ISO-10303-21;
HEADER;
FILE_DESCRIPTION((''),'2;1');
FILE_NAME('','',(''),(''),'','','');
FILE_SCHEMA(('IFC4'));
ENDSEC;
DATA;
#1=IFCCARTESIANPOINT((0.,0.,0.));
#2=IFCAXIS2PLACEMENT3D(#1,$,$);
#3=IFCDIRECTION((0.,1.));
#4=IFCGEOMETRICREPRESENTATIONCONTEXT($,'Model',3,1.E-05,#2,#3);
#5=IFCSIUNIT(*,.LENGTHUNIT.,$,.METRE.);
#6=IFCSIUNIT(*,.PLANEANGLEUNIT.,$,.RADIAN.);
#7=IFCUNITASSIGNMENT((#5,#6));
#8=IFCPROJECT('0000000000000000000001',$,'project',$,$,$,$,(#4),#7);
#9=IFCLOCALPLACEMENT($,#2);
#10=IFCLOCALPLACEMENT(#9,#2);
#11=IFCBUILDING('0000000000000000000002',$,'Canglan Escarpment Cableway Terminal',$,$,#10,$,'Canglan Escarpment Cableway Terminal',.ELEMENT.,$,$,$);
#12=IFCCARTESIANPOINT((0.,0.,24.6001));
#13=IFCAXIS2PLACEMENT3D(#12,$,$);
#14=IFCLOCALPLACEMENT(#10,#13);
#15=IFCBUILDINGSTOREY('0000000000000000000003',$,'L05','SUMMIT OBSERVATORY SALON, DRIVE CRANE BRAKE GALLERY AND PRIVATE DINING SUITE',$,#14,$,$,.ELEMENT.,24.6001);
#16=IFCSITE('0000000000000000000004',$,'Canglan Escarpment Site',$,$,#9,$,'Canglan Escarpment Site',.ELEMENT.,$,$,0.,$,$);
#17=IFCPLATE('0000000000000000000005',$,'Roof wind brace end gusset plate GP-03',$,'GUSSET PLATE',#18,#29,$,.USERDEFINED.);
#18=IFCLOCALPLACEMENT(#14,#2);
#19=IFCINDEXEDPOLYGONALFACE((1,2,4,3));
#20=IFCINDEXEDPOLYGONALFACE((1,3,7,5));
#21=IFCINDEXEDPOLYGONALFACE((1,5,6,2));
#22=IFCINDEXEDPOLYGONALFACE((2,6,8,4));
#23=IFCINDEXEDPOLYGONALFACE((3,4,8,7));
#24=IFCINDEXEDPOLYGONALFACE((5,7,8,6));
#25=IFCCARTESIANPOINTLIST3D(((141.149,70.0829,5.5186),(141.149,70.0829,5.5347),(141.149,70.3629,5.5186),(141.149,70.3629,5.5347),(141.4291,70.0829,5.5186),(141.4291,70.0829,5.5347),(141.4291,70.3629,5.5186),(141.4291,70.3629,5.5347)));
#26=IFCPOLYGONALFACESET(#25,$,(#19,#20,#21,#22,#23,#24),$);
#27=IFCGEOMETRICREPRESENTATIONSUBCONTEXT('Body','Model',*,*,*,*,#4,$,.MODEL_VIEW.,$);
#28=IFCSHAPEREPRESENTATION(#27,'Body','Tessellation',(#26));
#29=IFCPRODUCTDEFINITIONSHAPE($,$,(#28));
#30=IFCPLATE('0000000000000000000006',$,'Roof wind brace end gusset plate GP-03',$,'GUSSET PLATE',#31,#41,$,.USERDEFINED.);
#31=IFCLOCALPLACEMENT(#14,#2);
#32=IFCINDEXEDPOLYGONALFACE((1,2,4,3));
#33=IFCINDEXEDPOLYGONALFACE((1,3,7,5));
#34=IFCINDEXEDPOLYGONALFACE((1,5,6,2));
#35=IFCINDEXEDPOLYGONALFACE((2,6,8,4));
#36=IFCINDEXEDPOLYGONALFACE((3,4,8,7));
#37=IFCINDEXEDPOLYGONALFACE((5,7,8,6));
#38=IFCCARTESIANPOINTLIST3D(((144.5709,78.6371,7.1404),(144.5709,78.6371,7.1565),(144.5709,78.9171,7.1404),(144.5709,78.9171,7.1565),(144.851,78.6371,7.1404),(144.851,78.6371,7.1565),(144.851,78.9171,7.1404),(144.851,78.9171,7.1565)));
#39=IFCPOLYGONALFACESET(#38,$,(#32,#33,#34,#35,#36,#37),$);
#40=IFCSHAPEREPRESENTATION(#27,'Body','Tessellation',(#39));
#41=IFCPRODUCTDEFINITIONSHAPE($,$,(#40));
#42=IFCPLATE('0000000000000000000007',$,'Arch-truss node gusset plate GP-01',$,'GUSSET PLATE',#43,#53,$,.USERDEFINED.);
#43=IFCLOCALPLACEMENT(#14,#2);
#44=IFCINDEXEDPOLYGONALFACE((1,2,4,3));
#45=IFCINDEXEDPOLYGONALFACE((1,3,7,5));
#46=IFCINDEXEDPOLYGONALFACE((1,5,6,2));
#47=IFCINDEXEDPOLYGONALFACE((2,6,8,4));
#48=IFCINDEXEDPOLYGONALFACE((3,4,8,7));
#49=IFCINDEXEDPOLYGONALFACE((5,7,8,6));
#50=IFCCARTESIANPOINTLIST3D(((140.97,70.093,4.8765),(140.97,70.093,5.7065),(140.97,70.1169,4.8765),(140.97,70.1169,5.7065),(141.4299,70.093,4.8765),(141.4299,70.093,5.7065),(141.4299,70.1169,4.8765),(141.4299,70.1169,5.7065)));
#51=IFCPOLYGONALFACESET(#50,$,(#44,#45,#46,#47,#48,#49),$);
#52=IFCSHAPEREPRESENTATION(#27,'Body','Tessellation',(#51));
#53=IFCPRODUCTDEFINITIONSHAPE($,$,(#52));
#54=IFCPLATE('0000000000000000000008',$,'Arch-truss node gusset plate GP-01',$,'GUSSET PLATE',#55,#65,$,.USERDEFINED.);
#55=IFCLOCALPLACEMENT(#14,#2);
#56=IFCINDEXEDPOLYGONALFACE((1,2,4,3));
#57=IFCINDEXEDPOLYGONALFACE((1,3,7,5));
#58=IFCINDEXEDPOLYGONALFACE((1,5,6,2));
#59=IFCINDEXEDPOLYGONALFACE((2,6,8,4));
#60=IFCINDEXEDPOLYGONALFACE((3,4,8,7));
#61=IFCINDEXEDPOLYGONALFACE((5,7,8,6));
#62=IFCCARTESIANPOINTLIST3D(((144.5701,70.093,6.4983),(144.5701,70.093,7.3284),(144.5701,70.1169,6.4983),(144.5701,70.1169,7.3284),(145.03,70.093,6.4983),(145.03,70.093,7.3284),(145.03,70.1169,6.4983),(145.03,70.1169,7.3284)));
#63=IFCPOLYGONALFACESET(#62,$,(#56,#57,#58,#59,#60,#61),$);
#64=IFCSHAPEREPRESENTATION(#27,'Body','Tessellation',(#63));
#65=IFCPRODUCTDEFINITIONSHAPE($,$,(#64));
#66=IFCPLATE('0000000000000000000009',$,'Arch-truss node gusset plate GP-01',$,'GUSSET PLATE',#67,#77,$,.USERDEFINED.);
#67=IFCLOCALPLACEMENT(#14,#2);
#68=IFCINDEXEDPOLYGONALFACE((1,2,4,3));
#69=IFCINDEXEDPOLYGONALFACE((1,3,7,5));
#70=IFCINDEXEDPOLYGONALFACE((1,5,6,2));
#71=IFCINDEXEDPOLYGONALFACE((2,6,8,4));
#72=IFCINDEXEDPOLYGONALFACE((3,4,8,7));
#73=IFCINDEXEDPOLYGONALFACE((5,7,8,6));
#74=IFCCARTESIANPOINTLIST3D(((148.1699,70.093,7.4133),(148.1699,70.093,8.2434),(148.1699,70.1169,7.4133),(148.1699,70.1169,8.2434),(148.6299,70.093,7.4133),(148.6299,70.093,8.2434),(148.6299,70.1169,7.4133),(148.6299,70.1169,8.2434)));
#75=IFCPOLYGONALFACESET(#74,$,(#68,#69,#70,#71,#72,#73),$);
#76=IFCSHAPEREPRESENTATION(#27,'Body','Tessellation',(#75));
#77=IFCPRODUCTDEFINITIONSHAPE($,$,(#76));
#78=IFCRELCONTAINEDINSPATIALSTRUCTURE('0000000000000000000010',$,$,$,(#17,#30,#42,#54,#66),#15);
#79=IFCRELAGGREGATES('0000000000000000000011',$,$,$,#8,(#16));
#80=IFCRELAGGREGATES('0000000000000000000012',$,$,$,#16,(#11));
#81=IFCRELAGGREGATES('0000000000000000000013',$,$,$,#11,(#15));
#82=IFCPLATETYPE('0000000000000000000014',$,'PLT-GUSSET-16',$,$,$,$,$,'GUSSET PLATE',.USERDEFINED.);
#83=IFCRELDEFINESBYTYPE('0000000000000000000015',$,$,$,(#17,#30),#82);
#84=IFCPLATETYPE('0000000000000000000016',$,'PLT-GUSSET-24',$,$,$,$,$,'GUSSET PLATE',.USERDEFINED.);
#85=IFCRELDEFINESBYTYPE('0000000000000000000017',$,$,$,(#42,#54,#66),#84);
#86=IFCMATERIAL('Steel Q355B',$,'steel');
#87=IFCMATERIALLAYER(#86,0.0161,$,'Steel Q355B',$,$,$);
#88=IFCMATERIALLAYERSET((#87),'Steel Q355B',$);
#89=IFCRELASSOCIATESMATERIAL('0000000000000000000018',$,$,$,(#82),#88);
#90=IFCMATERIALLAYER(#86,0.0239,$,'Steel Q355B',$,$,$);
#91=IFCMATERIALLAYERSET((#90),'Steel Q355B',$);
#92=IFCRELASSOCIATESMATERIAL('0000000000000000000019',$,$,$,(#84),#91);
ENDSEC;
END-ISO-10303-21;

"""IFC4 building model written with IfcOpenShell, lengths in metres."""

from ifc_helpers import new_model, si_unit, direction, frame, origin, origin_2d, place, context, subcontext, project, spatial, rectangle, extrude, material, layer, layer_set, type_object, element, save


model = new_model("IFC4")

# Units and contexts
model_context = context("Model", 3, precision=1e-05, world=origin(), true_north=direction((0.0, 1.0)))
body_context = subcontext(model_context, "Body", "Model", "MODEL_VIEW")
ifc_project = project(units=[si_unit("LENGTHUNIT", "METRE"), si_unit("PLANEANGLEUNIT", "RADIAN")], contexts=[model_context])

# Site, building, storey
site_placement = place(None, origin())
site = spatial("IfcSite", under=ifc_project, at=site_placement, Name="Canglan Escarpment Site", LongName="Canglan Escarpment Site", CompositionType="ELEMENT", RefElevation=0.0)
building_placement = place(site_placement, origin())
building = spatial("IfcBuilding", under=site, at=building_placement, Name="Canglan Escarpment Cableway Terminal", LongName="Canglan Escarpment Cableway Terminal", CompositionType="ELEMENT")
storey_placement = place(building_placement, frame((0.0, 0.0, 24.6001)))
storey = spatial("IfcBuildingStorey", under=building, at=storey_placement, Name="L05", Description="SUMMIT OBSERVATORY SALON, DRIVE CRANE BRAKE GALLERY AND PRIVATE DINING SUITE", CompositionType="ELEMENT", Elevation=24.6001)

# Shared definitions
ifc_material_1 = material(Name="Steel Q355B", Category="steel")

# Plates
ifc_layer_1 = layer(ifc_material_1, 0.0161, Name="Steel Q355B")
ifc_layer_set_1 = layer_set([ifc_layer_1], Name="Steel Q355B")
plate_type_1 = type_object("IfcPlateType", Name="PLT-GUSSET-16", ElementType="GUSSET PLATE", PredefinedType="USERDEFINED", material=ifc_layer_set_1)
for number, where, z_axis, x_axis, name in (
    (1, (141.2891, 70.2229, 5.5186), (0.0, 0.0, 1.0), (1.0, 0.0, 0.0), "Roof wind brace end gusset plate GP-03"),
    (2, (144.7109, 78.7771, 7.1404), (0.0, 0.0, 1.0), (1.0, 0.0, 0.0), "Roof wind brace end gusset plate GP-03"),
):
    element("IfcPlate", number, at=place(storey_placement, frame(where, z_axis=z_axis, x_axis=x_axis)), inside=storey, type_object=plate_type_1, Name=name, ObjectType="GUSSET PLATE", PredefinedType="USERDEFINED", context=body_context, shape_type="SweptSolid", body=[
        extrude(rectangle(XDim=0.28, YDim=0.28, at=origin_2d()), origin(), (0.0, 0.0, 1.0), 0.0161),
    ])
ifc_layer_2 = layer(ifc_material_1, 0.0239, Name="Steel Q355B")
ifc_layer_set_2 = layer_set([ifc_layer_2], Name="Steel Q355B")
plate_type_2 = type_object("IfcPlateType", Name="PLT-GUSSET-24", ElementType="GUSSET PLATE", PredefinedType="USERDEFINED", material=ifc_layer_set_2)
for number, where, z_axis, x_axis, name in (
    (3, (141.2, 70.105, 4.8765), (0.0, 0.0, 1.0), (1.0, 0.0, 0.0), "Arch-truss node gusset plate GP-01"),
    (4, (144.8, 70.105, 6.4983), (0.0, 0.0, 1.0), (1.0, 0.0, 0.0), "Arch-truss node gusset plate GP-01"),
    (5, (148.3999, 70.105, 7.4133), (0.0, 0.0, 1.0), (1.0, 0.0, 0.0), "Arch-truss node gusset plate GP-01"),
):
    element("IfcPlate", number, at=place(storey_placement, frame(where, z_axis=z_axis, x_axis=x_axis)), inside=storey, type_object=plate_type_2, Name=name, ObjectType="GUSSET PLATE", PredefinedType="USERDEFINED", context=body_context, shape_type="SweptSolid", body=[
        extrude(rectangle(XDim=0.46, YDim=0.0239, at=origin_2d()), origin(), (0.0, 0.0, 1.0), 0.8301),
    ])

save(model, "model.ifc")
